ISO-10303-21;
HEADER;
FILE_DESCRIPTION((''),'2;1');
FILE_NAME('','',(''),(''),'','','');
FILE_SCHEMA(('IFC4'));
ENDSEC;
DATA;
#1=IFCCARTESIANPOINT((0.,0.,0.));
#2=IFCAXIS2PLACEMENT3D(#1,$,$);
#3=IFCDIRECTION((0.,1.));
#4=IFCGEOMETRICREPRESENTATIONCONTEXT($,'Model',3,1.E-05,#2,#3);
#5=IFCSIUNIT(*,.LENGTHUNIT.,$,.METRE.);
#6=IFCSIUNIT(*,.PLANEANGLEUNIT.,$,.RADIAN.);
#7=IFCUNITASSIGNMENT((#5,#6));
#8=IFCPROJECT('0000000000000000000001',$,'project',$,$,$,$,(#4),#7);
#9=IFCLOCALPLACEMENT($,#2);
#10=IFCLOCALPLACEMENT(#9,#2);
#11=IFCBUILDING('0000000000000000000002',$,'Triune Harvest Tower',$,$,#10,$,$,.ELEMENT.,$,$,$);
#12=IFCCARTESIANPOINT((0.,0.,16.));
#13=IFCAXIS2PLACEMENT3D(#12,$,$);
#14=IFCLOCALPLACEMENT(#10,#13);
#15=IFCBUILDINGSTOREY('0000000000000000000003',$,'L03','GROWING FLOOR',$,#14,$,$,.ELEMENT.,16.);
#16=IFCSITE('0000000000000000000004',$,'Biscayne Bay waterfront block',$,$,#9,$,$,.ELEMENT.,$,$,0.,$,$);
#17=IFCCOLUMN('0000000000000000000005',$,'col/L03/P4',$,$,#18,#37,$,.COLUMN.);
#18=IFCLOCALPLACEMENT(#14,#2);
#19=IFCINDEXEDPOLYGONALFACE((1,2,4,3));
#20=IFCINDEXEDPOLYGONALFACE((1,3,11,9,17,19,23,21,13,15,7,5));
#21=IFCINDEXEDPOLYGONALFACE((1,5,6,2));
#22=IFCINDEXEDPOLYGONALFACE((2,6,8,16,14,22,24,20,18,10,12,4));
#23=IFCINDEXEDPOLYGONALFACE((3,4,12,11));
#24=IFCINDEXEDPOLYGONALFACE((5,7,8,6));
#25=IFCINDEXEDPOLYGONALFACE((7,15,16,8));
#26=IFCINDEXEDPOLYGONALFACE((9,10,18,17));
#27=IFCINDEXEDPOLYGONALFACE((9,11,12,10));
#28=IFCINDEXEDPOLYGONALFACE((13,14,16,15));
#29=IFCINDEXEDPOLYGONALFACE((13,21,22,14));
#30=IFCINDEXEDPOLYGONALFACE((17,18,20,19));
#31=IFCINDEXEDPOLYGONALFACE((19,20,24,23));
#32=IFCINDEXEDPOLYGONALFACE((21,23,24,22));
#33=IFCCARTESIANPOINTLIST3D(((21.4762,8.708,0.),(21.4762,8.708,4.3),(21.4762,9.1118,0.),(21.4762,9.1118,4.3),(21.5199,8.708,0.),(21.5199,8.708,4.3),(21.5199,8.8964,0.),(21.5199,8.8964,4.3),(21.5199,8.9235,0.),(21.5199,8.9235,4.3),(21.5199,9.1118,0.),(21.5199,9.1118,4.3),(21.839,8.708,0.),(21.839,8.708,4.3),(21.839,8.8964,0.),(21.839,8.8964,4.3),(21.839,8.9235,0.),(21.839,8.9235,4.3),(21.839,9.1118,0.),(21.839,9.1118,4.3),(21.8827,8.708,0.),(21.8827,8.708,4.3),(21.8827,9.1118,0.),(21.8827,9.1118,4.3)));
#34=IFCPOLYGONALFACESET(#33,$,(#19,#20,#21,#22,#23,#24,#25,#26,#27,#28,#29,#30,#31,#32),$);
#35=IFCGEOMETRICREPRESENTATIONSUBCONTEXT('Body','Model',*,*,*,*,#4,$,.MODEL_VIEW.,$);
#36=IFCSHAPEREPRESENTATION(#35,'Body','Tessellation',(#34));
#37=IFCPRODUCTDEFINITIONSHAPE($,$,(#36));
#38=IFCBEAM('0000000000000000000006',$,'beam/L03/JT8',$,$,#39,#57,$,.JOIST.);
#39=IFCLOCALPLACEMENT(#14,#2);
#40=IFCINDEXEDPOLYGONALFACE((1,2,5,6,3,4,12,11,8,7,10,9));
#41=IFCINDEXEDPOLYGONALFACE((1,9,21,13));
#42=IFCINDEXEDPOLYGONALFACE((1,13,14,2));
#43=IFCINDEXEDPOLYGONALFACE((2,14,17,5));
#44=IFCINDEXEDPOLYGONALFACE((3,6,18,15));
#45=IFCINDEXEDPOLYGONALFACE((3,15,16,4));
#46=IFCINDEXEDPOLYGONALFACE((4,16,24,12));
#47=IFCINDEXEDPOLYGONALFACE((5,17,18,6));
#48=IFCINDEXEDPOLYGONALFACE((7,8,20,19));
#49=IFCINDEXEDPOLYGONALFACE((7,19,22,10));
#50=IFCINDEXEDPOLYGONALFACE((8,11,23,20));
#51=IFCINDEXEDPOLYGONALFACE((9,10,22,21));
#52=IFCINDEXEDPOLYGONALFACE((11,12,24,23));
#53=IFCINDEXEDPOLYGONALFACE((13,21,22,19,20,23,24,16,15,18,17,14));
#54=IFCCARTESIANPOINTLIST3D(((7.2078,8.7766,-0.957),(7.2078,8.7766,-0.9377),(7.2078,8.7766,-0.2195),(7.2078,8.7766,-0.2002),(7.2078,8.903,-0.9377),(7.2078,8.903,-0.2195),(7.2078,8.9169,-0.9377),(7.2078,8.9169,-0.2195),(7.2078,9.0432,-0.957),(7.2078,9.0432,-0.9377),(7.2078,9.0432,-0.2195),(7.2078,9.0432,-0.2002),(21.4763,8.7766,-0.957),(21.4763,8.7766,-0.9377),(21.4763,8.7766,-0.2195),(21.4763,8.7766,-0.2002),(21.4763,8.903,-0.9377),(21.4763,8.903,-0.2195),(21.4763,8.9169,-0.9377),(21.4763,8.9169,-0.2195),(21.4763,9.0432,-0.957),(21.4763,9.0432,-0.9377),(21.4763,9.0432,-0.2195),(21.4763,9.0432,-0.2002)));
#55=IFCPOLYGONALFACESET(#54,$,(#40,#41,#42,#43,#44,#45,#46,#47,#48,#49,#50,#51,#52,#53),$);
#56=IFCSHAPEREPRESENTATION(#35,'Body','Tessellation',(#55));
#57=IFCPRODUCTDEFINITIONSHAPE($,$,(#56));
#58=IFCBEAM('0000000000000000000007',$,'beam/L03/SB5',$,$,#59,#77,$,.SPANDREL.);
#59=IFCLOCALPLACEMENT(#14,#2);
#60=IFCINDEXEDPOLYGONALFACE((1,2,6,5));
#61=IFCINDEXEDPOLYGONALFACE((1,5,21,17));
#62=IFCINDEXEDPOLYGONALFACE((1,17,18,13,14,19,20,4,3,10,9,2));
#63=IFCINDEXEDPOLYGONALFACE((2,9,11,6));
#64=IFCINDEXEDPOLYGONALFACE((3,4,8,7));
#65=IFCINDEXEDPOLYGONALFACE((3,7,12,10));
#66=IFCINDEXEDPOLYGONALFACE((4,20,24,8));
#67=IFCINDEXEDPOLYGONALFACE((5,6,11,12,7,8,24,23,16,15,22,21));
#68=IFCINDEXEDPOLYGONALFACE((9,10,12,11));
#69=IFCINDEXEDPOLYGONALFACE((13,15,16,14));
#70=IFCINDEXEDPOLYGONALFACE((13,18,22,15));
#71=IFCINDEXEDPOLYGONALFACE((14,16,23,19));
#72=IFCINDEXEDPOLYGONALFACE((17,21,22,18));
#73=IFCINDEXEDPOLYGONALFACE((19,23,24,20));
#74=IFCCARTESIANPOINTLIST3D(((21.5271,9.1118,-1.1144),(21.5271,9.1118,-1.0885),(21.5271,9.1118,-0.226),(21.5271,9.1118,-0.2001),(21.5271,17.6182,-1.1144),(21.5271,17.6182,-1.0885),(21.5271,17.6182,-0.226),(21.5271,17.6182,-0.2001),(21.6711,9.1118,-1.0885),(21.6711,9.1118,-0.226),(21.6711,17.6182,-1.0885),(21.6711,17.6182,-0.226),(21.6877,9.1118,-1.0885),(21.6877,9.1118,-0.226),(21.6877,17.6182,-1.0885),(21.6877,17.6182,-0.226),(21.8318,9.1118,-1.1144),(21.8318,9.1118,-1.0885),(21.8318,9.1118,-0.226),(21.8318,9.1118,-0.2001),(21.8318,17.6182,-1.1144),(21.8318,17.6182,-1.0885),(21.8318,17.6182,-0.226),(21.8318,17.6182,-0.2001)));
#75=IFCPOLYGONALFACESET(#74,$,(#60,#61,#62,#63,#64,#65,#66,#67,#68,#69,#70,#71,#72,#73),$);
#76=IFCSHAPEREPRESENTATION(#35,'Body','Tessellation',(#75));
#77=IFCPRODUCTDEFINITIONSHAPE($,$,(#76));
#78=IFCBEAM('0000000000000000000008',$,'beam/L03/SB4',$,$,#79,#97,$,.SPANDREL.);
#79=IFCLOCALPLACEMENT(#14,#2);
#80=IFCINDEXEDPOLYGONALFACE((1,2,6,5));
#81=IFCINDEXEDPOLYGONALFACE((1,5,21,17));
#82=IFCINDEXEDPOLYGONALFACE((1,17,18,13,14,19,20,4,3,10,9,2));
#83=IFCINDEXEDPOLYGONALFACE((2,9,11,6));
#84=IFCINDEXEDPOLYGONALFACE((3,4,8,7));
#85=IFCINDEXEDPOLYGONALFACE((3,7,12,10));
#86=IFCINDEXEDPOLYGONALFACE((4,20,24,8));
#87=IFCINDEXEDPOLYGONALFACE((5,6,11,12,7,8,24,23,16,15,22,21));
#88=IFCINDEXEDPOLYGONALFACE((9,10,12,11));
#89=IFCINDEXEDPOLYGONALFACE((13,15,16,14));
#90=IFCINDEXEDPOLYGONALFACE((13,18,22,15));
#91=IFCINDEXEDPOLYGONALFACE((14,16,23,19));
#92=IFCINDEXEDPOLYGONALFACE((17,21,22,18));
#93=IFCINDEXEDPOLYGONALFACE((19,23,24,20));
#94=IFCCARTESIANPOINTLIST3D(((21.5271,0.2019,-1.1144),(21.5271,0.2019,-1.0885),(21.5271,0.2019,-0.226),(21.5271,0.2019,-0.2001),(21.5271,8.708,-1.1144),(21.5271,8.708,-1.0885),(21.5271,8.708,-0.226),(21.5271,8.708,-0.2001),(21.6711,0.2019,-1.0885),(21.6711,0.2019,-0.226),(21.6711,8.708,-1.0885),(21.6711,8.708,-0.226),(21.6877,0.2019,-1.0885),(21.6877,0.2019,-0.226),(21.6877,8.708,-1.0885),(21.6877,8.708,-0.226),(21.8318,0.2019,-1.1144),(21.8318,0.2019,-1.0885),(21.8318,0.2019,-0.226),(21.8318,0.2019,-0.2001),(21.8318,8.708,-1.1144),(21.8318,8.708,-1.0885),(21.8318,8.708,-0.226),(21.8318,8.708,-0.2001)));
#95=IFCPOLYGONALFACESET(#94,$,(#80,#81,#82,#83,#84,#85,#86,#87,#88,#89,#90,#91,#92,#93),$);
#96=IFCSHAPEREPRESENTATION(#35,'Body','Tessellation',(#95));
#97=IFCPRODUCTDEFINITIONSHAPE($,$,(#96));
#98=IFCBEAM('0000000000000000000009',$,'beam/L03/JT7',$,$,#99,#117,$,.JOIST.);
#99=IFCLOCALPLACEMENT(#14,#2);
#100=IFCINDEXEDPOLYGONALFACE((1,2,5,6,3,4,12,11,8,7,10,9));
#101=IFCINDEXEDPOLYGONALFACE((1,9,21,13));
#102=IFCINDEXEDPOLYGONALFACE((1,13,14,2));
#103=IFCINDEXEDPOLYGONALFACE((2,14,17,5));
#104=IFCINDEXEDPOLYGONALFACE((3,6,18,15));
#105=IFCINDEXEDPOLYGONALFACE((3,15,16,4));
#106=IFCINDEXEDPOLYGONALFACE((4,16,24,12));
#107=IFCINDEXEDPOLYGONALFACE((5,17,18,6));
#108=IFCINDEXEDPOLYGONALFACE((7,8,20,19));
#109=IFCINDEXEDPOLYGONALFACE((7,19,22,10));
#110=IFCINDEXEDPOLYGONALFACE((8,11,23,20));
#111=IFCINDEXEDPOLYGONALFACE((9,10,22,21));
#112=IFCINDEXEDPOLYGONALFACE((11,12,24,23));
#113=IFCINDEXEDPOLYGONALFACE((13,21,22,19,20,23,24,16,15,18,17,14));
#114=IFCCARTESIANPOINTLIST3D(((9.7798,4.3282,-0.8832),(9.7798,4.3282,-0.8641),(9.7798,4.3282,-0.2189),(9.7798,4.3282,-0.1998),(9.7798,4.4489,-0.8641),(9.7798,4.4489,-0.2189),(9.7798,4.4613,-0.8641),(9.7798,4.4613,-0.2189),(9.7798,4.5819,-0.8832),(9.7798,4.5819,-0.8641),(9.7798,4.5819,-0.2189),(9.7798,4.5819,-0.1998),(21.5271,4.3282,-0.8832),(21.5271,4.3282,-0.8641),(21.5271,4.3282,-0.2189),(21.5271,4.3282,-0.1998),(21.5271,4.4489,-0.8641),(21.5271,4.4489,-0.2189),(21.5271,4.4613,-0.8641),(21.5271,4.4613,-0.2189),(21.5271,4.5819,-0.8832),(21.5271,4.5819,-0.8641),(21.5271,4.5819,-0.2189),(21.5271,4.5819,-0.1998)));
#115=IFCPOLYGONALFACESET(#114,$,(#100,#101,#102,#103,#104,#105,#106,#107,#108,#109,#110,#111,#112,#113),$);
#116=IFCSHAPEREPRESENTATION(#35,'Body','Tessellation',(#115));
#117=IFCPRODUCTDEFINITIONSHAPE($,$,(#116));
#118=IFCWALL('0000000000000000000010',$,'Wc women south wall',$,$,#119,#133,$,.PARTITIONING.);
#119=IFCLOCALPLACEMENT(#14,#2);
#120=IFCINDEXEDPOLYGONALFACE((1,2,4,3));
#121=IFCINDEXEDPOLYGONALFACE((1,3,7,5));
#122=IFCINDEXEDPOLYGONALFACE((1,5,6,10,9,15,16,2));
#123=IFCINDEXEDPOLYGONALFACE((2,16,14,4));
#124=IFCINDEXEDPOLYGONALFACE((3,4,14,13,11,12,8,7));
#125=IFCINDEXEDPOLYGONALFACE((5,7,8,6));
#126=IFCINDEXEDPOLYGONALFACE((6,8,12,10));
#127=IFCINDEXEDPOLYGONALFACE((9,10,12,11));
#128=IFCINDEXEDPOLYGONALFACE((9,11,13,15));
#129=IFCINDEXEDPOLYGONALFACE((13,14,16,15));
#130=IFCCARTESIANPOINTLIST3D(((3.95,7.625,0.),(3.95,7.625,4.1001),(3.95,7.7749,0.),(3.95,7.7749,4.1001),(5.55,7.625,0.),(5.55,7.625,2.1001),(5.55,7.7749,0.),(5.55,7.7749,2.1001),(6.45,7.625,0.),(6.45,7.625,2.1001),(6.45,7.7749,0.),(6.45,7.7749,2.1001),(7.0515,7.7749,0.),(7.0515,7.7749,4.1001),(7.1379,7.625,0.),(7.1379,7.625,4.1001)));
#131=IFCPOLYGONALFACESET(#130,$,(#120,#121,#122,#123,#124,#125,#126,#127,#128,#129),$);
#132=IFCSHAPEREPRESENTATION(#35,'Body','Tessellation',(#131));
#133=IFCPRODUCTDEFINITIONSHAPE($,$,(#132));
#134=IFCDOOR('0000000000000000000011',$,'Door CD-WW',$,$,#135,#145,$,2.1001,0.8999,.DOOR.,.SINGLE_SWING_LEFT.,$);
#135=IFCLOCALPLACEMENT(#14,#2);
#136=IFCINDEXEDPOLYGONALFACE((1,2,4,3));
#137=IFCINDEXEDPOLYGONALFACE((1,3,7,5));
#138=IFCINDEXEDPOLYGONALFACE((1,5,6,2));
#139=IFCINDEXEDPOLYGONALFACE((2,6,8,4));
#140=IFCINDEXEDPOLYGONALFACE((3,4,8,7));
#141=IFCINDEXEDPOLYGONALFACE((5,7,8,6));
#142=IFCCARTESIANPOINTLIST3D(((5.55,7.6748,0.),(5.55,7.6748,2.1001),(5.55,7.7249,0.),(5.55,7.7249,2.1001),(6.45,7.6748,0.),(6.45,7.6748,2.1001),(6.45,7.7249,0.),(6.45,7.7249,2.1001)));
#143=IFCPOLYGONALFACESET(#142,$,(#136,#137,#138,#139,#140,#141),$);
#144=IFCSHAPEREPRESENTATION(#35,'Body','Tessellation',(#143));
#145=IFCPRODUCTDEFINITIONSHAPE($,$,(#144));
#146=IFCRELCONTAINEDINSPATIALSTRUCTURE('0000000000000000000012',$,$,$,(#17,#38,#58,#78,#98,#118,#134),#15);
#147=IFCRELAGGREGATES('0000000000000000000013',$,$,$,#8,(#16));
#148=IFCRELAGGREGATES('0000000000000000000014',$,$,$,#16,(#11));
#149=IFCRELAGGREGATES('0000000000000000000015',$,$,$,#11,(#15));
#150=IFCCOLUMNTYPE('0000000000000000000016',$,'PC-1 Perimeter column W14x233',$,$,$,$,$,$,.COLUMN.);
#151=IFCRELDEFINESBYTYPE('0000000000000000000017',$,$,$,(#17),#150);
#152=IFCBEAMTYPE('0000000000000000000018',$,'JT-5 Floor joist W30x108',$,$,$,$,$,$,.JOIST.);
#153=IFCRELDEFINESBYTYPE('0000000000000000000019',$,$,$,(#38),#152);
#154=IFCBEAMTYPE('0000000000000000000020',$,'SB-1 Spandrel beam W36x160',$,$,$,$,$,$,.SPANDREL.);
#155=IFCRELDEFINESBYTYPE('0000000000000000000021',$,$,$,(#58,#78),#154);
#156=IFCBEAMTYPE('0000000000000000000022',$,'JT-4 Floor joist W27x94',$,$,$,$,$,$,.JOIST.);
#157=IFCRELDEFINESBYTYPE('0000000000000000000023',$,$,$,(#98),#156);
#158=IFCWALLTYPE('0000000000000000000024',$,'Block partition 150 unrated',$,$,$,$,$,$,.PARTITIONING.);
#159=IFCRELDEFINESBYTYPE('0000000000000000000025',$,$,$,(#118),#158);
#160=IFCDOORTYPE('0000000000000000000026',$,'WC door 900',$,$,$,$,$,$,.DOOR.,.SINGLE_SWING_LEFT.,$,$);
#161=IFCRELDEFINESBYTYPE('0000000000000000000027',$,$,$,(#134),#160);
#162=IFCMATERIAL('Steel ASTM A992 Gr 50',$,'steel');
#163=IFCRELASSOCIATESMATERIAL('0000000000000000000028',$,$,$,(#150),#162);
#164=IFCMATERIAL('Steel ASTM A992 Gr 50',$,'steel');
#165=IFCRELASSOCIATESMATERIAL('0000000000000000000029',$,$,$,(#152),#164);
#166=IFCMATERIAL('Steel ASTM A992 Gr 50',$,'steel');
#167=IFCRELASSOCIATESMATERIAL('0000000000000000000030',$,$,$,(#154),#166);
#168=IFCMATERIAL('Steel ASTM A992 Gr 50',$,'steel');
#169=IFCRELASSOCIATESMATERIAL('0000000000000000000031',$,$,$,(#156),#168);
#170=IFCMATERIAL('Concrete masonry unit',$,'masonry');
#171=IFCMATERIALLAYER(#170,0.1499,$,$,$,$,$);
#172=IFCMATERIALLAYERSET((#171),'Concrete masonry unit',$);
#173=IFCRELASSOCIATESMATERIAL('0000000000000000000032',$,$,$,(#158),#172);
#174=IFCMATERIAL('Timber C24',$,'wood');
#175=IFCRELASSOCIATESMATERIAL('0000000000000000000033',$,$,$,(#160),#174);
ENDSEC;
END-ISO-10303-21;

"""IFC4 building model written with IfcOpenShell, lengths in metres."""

from ifc_helpers import new_model, si_unit, direction, frame, frame_2d, origin, origin_2d, place, context, subcontext, project, spatial, polyline, rectangle, i_section, outline, extrude, source, transform, mapped, material, layer, layer_set, material_profile, profile_set, type_object, element, fill, save


model = new_model("IFC4")

# Units and contexts
model_context = context("Model", 3, precision=1e-05, world=origin(), true_north=direction((0.0, 1.0)))
body_context = subcontext(model_context, "Body", "Model", "MODEL_VIEW")
ifc_project = project(units=[si_unit("LENGTHUNIT", "METRE"), si_unit("PLANEANGLEUNIT", "RADIAN")], contexts=[model_context])

# Site, building, storey
site_placement = place(None, origin())
site = spatial("IfcSite", under=ifc_project, at=site_placement, Name="Biscayne Bay waterfront block", CompositionType="ELEMENT", RefElevation=0.0)
building_placement = place(site_placement, origin())
building = spatial("IfcBuilding", under=site, at=building_placement, Name="Triune Harvest Tower", CompositionType="ELEMENT")
storey_placement = place(building_placement, frame((0.0, 0.0, 16.0)))
storey = spatial("IfcBuildingStorey", under=building, at=storey_placement, Name="L03", Description="GROWING FLOOR", CompositionType="ELEMENT", Elevation=16.0)

# Column
ifc_material_1 = material(Name="Steel ASTM A992 Gr 50", Category="steel")
ifc_material_profile_1 = material_profile(ifc_material_1, i_section(OverallWidth=0.4038, OverallDepth=0.4065, WebThickness=0.0271, FlangeThickness=0.0437, at=origin_2d()), Name="W14x233")
ifc_profile_set_1 = profile_set([ifc_material_profile_1], Name="Steel ASTM A992 Gr 50")
column_type = type_object("IfcColumnType", Name="PC-1 Perimeter column W14x233", PredefinedType="COLUMN", material=ifc_profile_set_1)
shared_shape_1 = source(origin(), body_context, "Body", "SweptSolid", [
    extrude(i_section(OverallWidth=0.4038, OverallDepth=0.4065, WebThickness=0.0271, FlangeThickness=0.0437, at=origin_2d()), origin(), (0.0, 0.0, 1.0), 4.3),
])
column_placement = place(storey_placement, frame((21.6794, 8.9099, 0.0), z_axis=(0.0, 0.0, 1.0), x_axis=(0.0, 1.0, 0.0)))
element("IfcColumn", 1, at=column_placement, inside=storey, type_object=column_type, Name="col/L03/P4", PredefinedType="COLUMN", context=body_context, shape_type="MappedRepresentation", body=[
    mapped(shared_shape_1, transform((0.0, 0.0, 0.0), scale=1.0)),
])

# Beams
ifc_material_2 = material(Name="Steel ASTM A992 Gr 50", Category="steel")
ifc_material_profile_2 = material_profile(ifc_material_2, i_section(OverallWidth=0.2666, OverallDepth=0.7568, WebThickness=0.0139, FlangeThickness=0.0193, at=origin_2d()), Name="W30x108")
ifc_profile_set_2 = profile_set([ifc_material_profile_2], Name="Steel ASTM A992 Gr 50")
beam_type_1 = type_object("IfcBeamType", Name="JT-5 Floor joist W30x108", PredefinedType="JOIST", material=ifc_profile_set_2)
shared_shape_2 = source(origin(), body_context, "Body", "SweptSolid", [
    extrude(i_section(OverallWidth=0.2666, OverallDepth=0.7568, WebThickness=0.0139, FlangeThickness=0.0193, at=origin_2d()), origin(), (0.0, 0.0, 1.0), 14.2686),
])
beam_1_placement = place(storey_placement, frame((21.4763, 8.9099, -0.5786), z_axis=(-1.0, 0.0, 0.0), x_axis=(0.0, -1.0, 0.0)))
element("IfcBeam", 2, at=beam_1_placement, inside=storey, type_object=beam_type_1, Name="beam/L03/JT8", PredefinedType="JOIST", context=body_context, shape_type="MappedRepresentation", body=[
    mapped(shared_shape_2, transform((0.0, 0.0, 0.0), scale=1.0)),
])
ifc_material_3 = material(Name="Steel ASTM A992 Gr 50", Category="steel")
ifc_material_profile_3 = material_profile(ifc_material_3, i_section(OverallWidth=0.3047, OverallDepth=0.9143, WebThickness=0.0166, FlangeThickness=0.0259, at=origin_2d()), Name="W36x160")
ifc_profile_set_3 = profile_set([ifc_material_profile_3], Name="Steel ASTM A992 Gr 50")
beam_type_2 = type_object("IfcBeamType", Name="SB-1 Spandrel beam W36x160", PredefinedType="SPANDREL", material=ifc_profile_set_3)
shared_shape_3 = source(origin(), body_context, "Body", "SweptSolid", [
    extrude(i_section(OverallWidth=0.3047, OverallDepth=0.9143, WebThickness=0.0166, FlangeThickness=0.0259, at=origin_2d()), origin(), (0.0, 0.0, 1.0), 8.5063),
])
beam_2_placement = place(storey_placement, frame((21.6794, 9.1118, -0.6572), z_axis=(0.0, 1.0, 0.0), x_axis=(-1.0, 0.0, 0.0)))
element("IfcBeam", 3, at=beam_2_placement, inside=storey, type_object=beam_type_2, Name="beam/L03/SB5", PredefinedType="SPANDREL", context=body_context, shape_type="MappedRepresentation", body=[
    mapped(shared_shape_3, transform((0.0, 0.0, 0.0), scale=1.0)),
])
shared_shape_4 = source(origin(), body_context, "Body", "SweptSolid", [
    extrude(i_section(OverallWidth=0.3047, OverallDepth=0.9143, WebThickness=0.0166, FlangeThickness=0.0259, at=origin_2d()), origin(), (0.0, 0.0, 1.0), 8.5061),
])
beam_3_placement = place(storey_placement, frame((21.6794, 0.2019, -0.6572), z_axis=(0.0, 1.0, 0.0), x_axis=(-1.0, 0.0, 0.0)))
element("IfcBeam", 4, at=beam_3_placement, inside=storey, type_object=beam_type_2, Name="beam/L03/SB4", PredefinedType="SPANDREL", context=body_context, shape_type="MappedRepresentation", body=[
    mapped(shared_shape_4, transform((0.0, 0.0, 0.0), scale=1.0)),
])
ifc_material_4 = material(Name="Steel ASTM A992 Gr 50", Category="steel")
ifc_material_profile_4 = material_profile(ifc_material_4, i_section(OverallWidth=0.2537, OverallDepth=0.6833, WebThickness=0.0125, FlangeThickness=0.019, at=origin_2d()), Name="W27x94")
ifc_profile_set_4 = profile_set([ifc_material_profile_4], Name="Steel ASTM A992 Gr 50")
beam_type_3 = type_object("IfcBeamType", Name="JT-4 Floor joist W27x94", PredefinedType="JOIST", material=ifc_profile_set_4)
shared_shape_5 = source(origin(), body_context, "Body", "SweptSolid", [
    extrude(i_section(OverallWidth=0.2537, OverallDepth=0.6833, WebThickness=0.0125, FlangeThickness=0.019, at=origin_2d()), origin(), (0.0, 0.0, 1.0), 11.7473),
])
beam_4_placement = place(storey_placement, frame((21.5271, 4.4551, -0.5415), z_axis=(-1.0, 0.0, 0.0), x_axis=(0.0, -1.0, 0.0)))
element("IfcBeam", 5, at=beam_4_placement, inside=storey, type_object=beam_type_3, Name="beam/L03/JT7", PredefinedType="JOIST", context=body_context, shape_type="MappedRepresentation", body=[
    mapped(shared_shape_5, transform((0.0, 0.0, 0.0), scale=1.0)),
])

# Wall, opening, door
ifc_material_5 = material(Name="Concrete masonry unit", Category="masonry")
ifc_layer_1 = layer(ifc_material_5, 0.1499)
ifc_layer_set_1 = layer_set([ifc_layer_1], Name="Concrete masonry unit")
wall_type_1 = type_object("IfcWallType", Name="Block partition 150 unrated", PredefinedType="PARTITIONING", material=ifc_layer_set_1)
wall_1_placement = place(storey_placement, frame((3.95, 7.7, 0.0), z_axis=(0.0, 0.0, 1.0), x_axis=(1.0, 0.0, 0.0)))
wall_1 = element("IfcWall", 6, at=wall_1_placement, inside=storey, type_object=wall_type_1, Name="Wc women south wall", PredefinedType="PARTITIONING", context=body_context, shape_type="SweptSolid", body=[
    extrude(outline(polyline([(0.0, -0.075), (0.0, 0.075), (3.1016, 0.075), (3.188, -0.075), (0.0, -0.075)])), origin(), (0.0, 0.0, 1.0), 4.1001),
])
opening_1_placement = place(wall_1_placement, frame((1.6001, 0.0, 0.0)))
opening_1 = element("IfcOpeningElement", 7, at=opening_1_placement, cuts=wall_1, PredefinedType="OPENING", context=body_context, shape_type="SweptSolid", body=[
    extrude(rectangle(XDim=0.8999, YDim=2.1001, at=frame_2d((0.45, 1.05))), frame((0.0, 0.085, 0.0), z_axis=(0.0, -1.0, 0.0), x_axis=(1.0, 0.0, 0.0)), (0.0, 0.0, 1.0), 0.1699),
])
ifc_material_6 = material(Name="Timber C24", Category="wood")
door_type_1 = type_object("IfcDoorType", Name="WC door 900", OperationType="SINGLE_SWING_LEFT", PredefinedType="DOOR", material=ifc_material_6)
door_1_placement = place(opening_1_placement, origin())
door_1 = element("IfcDoor", 8, at=door_1_placement, inside=storey, type_object=door_type_1, Name="Door CD-WW", OperationType="SINGLE_SWING_LEFT", OverallHeight=2.1001, OverallWidth=0.8999, PredefinedType="DOOR", context=body_context, shape_type="SweptSolid", body=[
    extrude(rectangle(XDim=0.8999, YDim=2.1001, at=frame_2d((0.45, 1.05))), frame((0.0, 0.0249, 0.0), z_axis=(0.0, -1.0, 0.0), x_axis=(1.0, 0.0, 0.0)), (0.0, 0.0, 1.0), 0.05),
])
fill(opening_1, door_1)

save(model, "model.ifc")
